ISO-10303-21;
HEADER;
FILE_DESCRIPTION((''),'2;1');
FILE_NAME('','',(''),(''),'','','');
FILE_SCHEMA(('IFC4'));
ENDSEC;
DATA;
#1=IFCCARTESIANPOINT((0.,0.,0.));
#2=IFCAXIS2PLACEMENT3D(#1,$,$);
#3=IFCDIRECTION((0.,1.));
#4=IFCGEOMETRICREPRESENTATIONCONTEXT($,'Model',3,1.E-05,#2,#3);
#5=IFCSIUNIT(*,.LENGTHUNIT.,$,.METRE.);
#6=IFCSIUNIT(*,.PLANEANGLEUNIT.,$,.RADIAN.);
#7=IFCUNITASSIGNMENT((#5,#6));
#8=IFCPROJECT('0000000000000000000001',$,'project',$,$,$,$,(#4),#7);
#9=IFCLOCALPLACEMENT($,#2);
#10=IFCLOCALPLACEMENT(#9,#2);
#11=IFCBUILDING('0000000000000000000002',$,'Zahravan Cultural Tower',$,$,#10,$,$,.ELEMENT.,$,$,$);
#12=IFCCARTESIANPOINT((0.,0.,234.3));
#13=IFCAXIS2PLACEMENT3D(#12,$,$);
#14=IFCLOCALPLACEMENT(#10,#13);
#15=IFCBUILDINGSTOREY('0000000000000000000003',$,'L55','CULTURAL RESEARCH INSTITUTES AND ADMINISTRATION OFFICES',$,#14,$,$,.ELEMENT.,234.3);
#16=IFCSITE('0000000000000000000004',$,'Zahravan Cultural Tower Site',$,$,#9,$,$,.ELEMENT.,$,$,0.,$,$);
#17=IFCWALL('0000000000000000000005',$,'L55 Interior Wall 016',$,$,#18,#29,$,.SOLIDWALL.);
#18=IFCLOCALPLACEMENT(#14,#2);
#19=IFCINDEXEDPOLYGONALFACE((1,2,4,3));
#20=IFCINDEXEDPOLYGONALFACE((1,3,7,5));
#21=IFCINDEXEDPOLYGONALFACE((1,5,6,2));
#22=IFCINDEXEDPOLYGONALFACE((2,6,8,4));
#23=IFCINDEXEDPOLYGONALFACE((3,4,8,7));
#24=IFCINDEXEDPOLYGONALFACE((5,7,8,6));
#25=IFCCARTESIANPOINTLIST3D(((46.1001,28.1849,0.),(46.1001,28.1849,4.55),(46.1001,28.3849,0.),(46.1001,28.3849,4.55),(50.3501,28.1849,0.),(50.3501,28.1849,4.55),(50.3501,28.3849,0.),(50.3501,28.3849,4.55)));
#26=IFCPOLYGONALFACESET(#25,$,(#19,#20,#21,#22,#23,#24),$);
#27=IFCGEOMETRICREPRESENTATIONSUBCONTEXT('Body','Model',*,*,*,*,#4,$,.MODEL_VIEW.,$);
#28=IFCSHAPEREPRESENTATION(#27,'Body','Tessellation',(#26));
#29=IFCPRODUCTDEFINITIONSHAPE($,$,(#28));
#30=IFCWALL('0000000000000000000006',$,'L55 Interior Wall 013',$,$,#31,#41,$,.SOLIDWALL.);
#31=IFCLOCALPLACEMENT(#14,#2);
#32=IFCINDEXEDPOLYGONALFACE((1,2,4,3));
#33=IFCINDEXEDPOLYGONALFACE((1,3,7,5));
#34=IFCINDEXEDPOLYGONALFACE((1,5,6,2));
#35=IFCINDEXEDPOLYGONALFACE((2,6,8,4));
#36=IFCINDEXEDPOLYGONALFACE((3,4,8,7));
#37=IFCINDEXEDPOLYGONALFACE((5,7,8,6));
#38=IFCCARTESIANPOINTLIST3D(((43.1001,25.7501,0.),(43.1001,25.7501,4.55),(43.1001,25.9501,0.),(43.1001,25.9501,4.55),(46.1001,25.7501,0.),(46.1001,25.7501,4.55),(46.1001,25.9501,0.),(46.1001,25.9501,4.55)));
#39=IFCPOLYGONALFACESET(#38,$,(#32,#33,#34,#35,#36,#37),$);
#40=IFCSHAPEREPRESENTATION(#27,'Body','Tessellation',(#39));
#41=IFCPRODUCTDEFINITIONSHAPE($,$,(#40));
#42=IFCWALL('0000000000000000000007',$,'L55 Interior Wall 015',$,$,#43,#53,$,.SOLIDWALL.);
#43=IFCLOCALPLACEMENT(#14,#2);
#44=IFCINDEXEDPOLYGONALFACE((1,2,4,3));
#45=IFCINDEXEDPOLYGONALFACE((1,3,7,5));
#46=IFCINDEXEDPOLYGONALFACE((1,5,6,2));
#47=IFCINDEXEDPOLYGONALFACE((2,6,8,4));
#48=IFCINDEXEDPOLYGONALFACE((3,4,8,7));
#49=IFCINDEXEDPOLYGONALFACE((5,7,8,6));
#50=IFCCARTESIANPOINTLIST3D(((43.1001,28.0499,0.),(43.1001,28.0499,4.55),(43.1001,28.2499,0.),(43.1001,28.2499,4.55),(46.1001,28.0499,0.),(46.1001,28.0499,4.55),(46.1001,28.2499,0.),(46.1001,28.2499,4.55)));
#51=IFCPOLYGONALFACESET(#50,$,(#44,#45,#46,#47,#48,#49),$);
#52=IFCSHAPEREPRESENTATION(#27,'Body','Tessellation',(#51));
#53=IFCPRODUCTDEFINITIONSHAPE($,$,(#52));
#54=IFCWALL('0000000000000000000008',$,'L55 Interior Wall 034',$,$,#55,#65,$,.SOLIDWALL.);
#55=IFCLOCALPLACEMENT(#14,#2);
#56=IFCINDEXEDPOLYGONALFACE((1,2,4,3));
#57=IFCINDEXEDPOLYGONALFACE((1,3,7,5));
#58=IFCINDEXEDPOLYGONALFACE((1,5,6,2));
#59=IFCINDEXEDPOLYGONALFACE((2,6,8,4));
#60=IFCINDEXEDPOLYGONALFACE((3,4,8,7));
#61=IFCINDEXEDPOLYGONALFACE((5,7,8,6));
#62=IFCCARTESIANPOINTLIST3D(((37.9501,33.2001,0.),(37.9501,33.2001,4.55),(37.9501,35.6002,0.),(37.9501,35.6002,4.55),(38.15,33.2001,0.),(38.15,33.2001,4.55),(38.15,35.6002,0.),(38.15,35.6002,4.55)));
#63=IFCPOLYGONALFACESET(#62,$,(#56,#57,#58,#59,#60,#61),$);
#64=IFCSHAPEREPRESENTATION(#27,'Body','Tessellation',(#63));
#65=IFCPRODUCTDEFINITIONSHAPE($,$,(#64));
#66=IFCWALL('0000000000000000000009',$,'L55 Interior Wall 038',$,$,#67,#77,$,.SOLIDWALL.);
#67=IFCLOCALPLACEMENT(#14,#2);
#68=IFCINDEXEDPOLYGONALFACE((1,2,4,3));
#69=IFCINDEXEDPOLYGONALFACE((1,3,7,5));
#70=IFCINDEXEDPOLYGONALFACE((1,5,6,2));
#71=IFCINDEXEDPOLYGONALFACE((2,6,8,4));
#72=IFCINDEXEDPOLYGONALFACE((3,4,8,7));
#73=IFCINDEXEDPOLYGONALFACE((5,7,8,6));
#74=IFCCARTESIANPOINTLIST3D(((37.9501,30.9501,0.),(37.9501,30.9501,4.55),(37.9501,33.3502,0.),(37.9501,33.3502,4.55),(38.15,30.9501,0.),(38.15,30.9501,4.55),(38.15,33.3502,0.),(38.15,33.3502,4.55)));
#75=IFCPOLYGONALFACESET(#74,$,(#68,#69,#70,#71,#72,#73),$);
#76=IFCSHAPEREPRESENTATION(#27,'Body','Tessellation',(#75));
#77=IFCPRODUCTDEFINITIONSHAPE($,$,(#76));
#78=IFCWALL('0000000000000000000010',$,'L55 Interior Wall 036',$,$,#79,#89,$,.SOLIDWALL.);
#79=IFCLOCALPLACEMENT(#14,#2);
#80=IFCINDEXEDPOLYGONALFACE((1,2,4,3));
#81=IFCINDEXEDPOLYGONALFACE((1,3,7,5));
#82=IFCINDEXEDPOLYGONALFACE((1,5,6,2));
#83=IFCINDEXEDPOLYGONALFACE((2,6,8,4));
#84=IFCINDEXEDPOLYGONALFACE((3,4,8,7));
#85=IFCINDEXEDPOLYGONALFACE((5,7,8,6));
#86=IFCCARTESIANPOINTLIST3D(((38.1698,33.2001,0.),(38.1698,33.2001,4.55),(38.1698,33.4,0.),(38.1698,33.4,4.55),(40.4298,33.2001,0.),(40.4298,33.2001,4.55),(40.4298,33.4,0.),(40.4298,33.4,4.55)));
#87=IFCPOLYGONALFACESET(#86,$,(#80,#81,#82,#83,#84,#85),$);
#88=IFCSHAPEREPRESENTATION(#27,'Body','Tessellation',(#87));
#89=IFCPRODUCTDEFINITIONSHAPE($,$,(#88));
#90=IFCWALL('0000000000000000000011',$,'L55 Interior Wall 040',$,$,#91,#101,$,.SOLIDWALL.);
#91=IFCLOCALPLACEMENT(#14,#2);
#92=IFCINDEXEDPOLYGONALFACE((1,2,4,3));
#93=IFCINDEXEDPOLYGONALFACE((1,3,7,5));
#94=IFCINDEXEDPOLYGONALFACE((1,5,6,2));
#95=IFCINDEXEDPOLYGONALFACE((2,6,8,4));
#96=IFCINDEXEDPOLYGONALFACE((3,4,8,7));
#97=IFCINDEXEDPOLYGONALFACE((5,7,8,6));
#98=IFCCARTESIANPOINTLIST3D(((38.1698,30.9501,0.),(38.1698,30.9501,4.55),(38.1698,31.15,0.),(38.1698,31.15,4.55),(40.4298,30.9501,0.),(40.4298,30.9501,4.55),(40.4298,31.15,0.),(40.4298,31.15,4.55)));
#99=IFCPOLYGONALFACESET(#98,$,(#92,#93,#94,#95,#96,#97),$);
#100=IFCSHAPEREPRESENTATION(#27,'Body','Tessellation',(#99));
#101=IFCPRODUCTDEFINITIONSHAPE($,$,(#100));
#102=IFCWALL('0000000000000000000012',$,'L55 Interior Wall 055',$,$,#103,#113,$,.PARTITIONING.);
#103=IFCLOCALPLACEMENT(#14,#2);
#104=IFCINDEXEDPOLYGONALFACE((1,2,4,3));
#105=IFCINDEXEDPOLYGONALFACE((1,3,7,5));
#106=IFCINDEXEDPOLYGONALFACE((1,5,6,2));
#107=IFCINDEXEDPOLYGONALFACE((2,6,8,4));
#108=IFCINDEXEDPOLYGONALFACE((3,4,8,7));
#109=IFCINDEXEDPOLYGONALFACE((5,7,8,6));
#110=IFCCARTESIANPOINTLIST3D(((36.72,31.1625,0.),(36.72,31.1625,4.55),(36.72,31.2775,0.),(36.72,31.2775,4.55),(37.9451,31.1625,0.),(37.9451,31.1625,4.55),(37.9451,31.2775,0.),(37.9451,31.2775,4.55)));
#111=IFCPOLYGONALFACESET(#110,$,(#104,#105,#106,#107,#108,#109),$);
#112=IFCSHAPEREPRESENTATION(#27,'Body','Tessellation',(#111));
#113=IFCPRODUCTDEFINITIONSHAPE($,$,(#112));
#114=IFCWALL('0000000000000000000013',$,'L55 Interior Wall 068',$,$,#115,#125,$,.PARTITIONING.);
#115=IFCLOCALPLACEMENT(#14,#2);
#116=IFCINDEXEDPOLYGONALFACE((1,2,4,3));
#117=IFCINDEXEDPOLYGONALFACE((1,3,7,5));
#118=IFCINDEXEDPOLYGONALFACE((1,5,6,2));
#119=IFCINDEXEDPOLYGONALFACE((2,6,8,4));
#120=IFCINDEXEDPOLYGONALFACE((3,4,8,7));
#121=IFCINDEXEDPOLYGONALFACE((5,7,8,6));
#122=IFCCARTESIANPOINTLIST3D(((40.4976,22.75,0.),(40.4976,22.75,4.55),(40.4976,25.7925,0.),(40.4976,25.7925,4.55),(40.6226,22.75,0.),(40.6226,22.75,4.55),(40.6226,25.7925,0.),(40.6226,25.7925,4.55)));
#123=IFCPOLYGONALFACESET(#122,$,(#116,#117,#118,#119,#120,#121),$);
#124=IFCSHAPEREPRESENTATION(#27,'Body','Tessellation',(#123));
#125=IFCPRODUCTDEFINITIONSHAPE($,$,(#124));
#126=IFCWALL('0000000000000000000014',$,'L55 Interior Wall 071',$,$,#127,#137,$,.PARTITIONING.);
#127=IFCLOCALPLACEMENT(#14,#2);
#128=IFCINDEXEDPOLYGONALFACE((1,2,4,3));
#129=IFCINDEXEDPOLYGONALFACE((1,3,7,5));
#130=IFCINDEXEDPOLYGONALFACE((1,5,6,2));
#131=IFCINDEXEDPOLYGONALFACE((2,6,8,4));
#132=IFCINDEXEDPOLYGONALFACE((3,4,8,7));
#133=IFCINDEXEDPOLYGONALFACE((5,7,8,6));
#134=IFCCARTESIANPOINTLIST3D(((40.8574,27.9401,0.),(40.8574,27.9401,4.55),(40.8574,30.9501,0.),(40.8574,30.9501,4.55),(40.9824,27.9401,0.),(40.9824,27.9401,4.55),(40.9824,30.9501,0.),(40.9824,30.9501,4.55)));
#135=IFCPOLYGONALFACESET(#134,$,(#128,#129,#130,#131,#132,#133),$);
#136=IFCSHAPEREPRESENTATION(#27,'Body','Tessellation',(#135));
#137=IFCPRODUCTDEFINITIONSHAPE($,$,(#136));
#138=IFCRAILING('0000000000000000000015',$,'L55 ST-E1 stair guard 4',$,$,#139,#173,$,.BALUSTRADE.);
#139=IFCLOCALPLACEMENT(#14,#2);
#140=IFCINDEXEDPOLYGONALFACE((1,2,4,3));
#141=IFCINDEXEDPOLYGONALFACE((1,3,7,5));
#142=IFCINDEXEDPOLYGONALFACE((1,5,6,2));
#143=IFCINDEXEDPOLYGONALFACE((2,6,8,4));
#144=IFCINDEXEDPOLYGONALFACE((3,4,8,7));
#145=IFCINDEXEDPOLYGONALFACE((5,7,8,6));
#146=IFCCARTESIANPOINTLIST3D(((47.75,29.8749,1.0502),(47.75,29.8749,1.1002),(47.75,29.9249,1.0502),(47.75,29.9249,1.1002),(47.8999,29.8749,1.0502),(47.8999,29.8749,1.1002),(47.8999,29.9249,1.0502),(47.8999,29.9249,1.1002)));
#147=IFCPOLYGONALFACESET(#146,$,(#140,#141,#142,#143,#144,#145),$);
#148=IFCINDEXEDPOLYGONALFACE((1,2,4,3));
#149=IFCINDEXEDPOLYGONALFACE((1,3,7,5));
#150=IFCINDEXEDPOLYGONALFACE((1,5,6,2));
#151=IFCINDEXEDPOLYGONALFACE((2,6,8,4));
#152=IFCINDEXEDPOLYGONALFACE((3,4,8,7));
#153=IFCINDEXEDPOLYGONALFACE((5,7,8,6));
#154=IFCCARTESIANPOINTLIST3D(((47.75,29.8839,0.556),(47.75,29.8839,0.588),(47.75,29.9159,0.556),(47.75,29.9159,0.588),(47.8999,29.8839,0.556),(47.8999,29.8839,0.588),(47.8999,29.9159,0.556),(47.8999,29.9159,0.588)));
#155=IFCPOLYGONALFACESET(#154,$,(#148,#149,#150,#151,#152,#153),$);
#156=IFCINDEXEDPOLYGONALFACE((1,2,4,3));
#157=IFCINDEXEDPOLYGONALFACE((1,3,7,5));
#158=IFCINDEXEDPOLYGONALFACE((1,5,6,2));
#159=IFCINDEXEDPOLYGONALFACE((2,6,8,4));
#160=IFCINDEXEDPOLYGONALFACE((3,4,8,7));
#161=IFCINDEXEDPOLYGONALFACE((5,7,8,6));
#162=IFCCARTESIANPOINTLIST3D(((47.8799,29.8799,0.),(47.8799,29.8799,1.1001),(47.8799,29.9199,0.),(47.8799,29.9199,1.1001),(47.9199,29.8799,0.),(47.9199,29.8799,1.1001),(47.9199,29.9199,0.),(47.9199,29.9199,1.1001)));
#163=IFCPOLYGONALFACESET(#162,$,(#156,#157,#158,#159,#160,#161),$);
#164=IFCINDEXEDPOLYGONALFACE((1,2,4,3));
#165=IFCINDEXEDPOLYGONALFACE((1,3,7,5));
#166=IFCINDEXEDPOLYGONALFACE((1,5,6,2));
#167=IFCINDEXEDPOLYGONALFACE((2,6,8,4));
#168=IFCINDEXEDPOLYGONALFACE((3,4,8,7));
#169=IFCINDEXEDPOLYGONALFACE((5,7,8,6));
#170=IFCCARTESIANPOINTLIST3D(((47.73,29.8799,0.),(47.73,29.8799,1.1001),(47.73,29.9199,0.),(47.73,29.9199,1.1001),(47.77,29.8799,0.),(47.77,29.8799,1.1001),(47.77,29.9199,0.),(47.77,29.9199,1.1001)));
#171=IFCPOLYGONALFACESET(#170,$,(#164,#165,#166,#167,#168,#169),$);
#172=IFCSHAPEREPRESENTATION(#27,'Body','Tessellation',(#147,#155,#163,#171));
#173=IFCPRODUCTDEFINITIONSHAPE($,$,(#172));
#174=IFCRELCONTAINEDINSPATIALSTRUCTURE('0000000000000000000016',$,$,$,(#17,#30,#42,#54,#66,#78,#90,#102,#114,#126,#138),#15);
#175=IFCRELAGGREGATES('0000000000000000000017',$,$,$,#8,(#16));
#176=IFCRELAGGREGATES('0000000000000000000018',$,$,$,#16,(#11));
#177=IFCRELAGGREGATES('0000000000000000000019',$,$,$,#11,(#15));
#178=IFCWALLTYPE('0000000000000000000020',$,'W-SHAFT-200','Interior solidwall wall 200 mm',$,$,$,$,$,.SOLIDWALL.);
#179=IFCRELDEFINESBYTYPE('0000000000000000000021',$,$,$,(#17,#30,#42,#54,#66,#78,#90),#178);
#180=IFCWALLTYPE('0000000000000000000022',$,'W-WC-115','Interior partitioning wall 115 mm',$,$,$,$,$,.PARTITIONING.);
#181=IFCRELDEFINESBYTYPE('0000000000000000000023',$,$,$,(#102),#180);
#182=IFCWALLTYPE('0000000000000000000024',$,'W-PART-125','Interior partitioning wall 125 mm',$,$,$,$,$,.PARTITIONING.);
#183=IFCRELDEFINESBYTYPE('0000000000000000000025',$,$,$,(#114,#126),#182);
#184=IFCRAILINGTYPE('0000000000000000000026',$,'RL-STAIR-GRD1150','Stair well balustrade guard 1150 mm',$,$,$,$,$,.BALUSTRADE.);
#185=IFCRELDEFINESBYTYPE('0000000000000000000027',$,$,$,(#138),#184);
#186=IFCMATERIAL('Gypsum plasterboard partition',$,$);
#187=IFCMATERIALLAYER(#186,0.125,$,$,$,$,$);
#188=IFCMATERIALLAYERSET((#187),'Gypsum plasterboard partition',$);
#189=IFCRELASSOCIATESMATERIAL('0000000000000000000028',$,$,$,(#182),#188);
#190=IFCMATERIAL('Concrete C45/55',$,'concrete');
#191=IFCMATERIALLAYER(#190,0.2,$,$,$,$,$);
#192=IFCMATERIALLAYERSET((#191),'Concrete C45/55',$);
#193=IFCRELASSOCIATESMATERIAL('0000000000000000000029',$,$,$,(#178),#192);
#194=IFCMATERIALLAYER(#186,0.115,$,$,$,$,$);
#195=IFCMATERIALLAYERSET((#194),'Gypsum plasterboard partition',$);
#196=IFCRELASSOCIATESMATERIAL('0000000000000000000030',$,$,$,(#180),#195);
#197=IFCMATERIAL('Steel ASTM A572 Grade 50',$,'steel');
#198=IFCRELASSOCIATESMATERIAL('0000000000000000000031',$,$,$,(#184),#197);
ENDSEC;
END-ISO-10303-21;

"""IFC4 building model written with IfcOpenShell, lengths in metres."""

from ifc_helpers import new_model, si_unit, direction, frame, frame_2d, origin, origin_2d, place, context, subcontext, project, spatial, rectangle, extrude, source, transform, mapped, material, layer, layer_set, type_object, element, save


model = new_model("IFC4")

# Units and contexts
model_context = context("Model", 3, precision=1e-05, world=origin(), true_north=direction((0.0, 1.0)))
body_context = subcontext(model_context, "Body", "Model", "MODEL_VIEW")
ifc_project = project(units=[si_unit("LENGTHUNIT", "METRE"), si_unit("PLANEANGLEUNIT", "RADIAN")], contexts=[model_context])

# Site, building, storey
site_placement = place(None, origin())
site = spatial("IfcSite", under=ifc_project, at=site_placement, Name="Zahravan Cultural Tower Site", CompositionType="ELEMENT", RefElevation=0.0)
building_placement = place(site_placement, origin())
building = spatial("IfcBuilding", under=site, at=building_placement, Name="Zahravan Cultural Tower", CompositionType="ELEMENT")
storey_placement = place(building_placement, frame((0.0, 0.0, 234.3)))
storey = spatial("IfcBuildingStorey", under=building, at=storey_placement, Name="L55", Description="CULTURAL RESEARCH INSTITUTES AND ADMINISTRATION OFFICES", CompositionType="ELEMENT", Elevation=234.3)

# Shared definitions
ifc_material_1 = material(Name="Steel ASTM A572 Grade 50", Category="steel")
ifc_material_2 = material(Name="Gypsum plasterboard partition")
ifc_layer_1 = layer(ifc_material_2, 0.125)
ifc_layer_set_1 = layer_set([ifc_layer_1], Name="Gypsum plasterboard partition")
wall_type_1 = type_object("IfcWallType", Name="W-PART-125", Description="Interior partitioning wall 125 mm", PredefinedType="PARTITIONING", material=ifc_layer_set_1)
ifc_material_3 = material(Name="Concrete C45/55", Category="concrete")
ifc_layer_2 = layer(ifc_material_3, 0.2)
ifc_layer_set_2 = layer_set([ifc_layer_2], Name="Concrete C45/55")
wall_type_2 = type_object("IfcWallType", Name="W-SHAFT-200", Description="Interior solidwall wall 200 mm", PredefinedType="SOLIDWALL", material=ifc_layer_set_2)

# Walls
shared_shape_1 = source(origin(), body_context, "Body", "SweptSolid", [
    extrude(rectangle(XDim=4.25, YDim=0.2, at=frame_2d((2.125, 0.0))), origin(), (0.0, 0.0, 1.0), 4.55),
])
for number, where, z_axis, x_axis, name in (
    (1, (46.1001, 28.2849, 0.0), (0.0, 0.0, 1.0), (1.0, 0.0, 0.0), "L55 Interior Wall 016"),
):
    element("IfcWall", number, at=place(storey_placement, frame(where, z_axis=z_axis, x_axis=x_axis)), inside=storey, type_object=wall_type_2, Name=name, PredefinedType="SOLIDWALL", context=body_context, shape_type="MappedRepresentation", body=[
        mapped(shared_shape_1, transform((0.0, 0.0, 0.0), x_axis=(1.0, 0.0, 0.0), y_axis=(0.0, 1.0, 0.0), z_axis=(0.0, 0.0, 1.0), scale=1.0)),
    ])
shared_shape_2 = source(origin(), body_context, "Body", "SweptSolid", [
    extrude(rectangle(XDim=3.0, YDim=0.2, at=frame_2d((1.5, 0.0))), origin(), (0.0, 0.0, 1.0), 4.55),
])
for number, where, z_axis, x_axis, name in (
    (2, (43.1001, 25.8501, 0.0), (0.0, 0.0, 1.0), (1.0, 0.0, 0.0), "L55 Interior Wall 013"),
    (3, (43.1001, 28.1499, 0.0), (0.0, 0.0, 1.0), (1.0, 0.0, 0.0), "L55 Interior Wall 015"),
):
    element("IfcWall", number, at=place(storey_placement, frame(where, z_axis=z_axis, x_axis=x_axis)), inside=storey, type_object=wall_type_2, Name=name, PredefinedType="SOLIDWALL", context=body_context, shape_type="MappedRepresentation", body=[
        mapped(shared_shape_2, transform((0.0, 0.0, 0.0), x_axis=(1.0, 0.0, 0.0), y_axis=(0.0, 1.0, 0.0), z_axis=(0.0, 0.0, 1.0), scale=1.0)),
    ])
shared_shape_3 = source(origin(), body_context, "Body", "SweptSolid", [
    extrude(rectangle(XDim=2.4001, YDim=0.2, at=frame_2d((1.2002, 0.0))), origin(), (0.0, 0.0, 1.0), 4.55),
])
for number, where, z_axis, x_axis, name in (
    (4, (38.05, 33.2, 0.0), (0.0, 0.0, 1.0), (0.0, 1.0, 0.0), "L55 Interior Wall 034"),
    (5, (38.05, 30.95, 0.0), (0.0, 0.0, 1.0), (0.0, 1.0, 0.0), "L55 Interior Wall 038"),
):
    element("IfcWall", number, at=place(storey_placement, frame(where, z_axis=z_axis, x_axis=x_axis)), inside=storey, type_object=wall_type_2, Name=name, PredefinedType="SOLIDWALL", context=body_context, shape_type="MappedRepresentation", body=[
        mapped(shared_shape_3, transform((0.0, 0.0, 0.0), x_axis=(1.0, 0.0, 0.0), y_axis=(0.0, 1.0, 0.0), z_axis=(0.0, 0.0, 1.0), scale=1.0)),
    ])
shared_shape_4 = source(origin(), body_context, "Body", "SweptSolid", [
    extrude(rectangle(XDim=2.26, YDim=0.2, at=frame_2d((1.1299, 0.0))), origin(), (0.0, 0.0, 1.0), 4.55),
])
for number, where, z_axis, x_axis, name in (
    (6, (38.1699, 33.3, 0.0), (0.0, 0.0, 1.0), (1.0, 0.0, 0.0), "L55 Interior Wall 036"),
    (7, (38.1699, 31.05, 0.0), (0.0, 0.0, 1.0), (1.0, 0.0, 0.0), "L55 Interior Wall 040"),
):
    element("IfcWall", number, at=place(storey_placement, frame(where, z_axis=z_axis, x_axis=x_axis)), inside=storey, type_object=wall_type_2, Name=name, PredefinedType="SOLIDWALL", context=body_context, shape_type="MappedRepresentation", body=[
        mapped(shared_shape_4, transform((0.0, 0.0, 0.0), x_axis=(1.0, 0.0, 0.0), y_axis=(0.0, 1.0, 0.0), z_axis=(0.0, 0.0, 1.0), scale=1.0)),
    ])
ifc_layer_3 = layer(ifc_material_2, 0.115)
ifc_layer_set_3 = layer_set([ifc_layer_3], Name="Gypsum plasterboard partition")
wall_type_3 = type_object("IfcWallType", Name="W-WC-115", Description="Interior partitioning wall 115 mm", PredefinedType="PARTITIONING", material=ifc_layer_set_3)
shared_shape_5 = source(origin(), body_context, "Body", "SweptSolid", [
    extrude(rectangle(XDim=1.2251, YDim=0.115, at=frame_2d((0.6125, 0.0))), origin(), (0.0, 0.0, 1.0), 4.55),
])
wall_1_placement = place(storey_placement, frame((37.9451, 31.22, 0.0), z_axis=(0.0, 0.0, 1.0), x_axis=(-1.0, 0.0, 0.0)))
element("IfcWall", 8, at=wall_1_placement, inside=storey, type_object=wall_type_3, Name="L55 Interior Wall 055", PredefinedType="PARTITIONING", context=body_context, shape_type="MappedRepresentation", body=[
    mapped(shared_shape_5, transform((0.0, 0.0, 0.0), x_axis=(1.0, 0.0, 0.0), y_axis=(0.0, 1.0, 0.0), z_axis=(0.0, 0.0, 1.0), scale=1.0)),
])
shared_shape_6 = source(origin(), body_context, "Body", "SweptSolid", [
    extrude(rectangle(XDim=3.0425, YDim=0.125, at=frame_2d((1.5212, 0.0))), origin(), (0.0, 0.0, 1.0), 4.55),
])
wall_2_placement = place(storey_placement, frame((40.5601, 25.7925, 0.0), z_axis=(0.0, 0.0, 1.0), x_axis=(0.0, -1.0, 0.0)))
element("IfcWall", 9, at=wall_2_placement, inside=storey, type_object=wall_type_1, Name="L55 Interior Wall 068", PredefinedType="PARTITIONING", context=body_context, shape_type="MappedRepresentation", body=[
    mapped(shared_shape_6, transform((0.0, 0.0, 0.0), x_axis=(1.0, 0.0, 0.0), y_axis=(0.0, 1.0, 0.0), z_axis=(0.0, 0.0, 1.0), scale=1.0)),
])
shared_shape_7 = source(origin(), body_context, "Body", "SweptSolid", [
    extrude(rectangle(XDim=3.01, YDim=0.125, at=frame_2d((1.5049, 0.0))), origin(), (0.0, 0.0, 1.0), 4.55),
])
wall_3_placement = place(storey_placement, frame((40.9199, 30.95, 0.0), z_axis=(0.0, 0.0, 1.0), x_axis=(0.0, -1.0, 0.0)))
element("IfcWall", 10, at=wall_3_placement, inside=storey, type_object=wall_type_1, Name="L55 Interior Wall 071", PredefinedType="PARTITIONING", context=body_context, shape_type="MappedRepresentation", body=[
    mapped(shared_shape_7, transform((0.0, 0.0, 0.0), x_axis=(1.0, 0.0, 0.0), y_axis=(0.0, 1.0, 0.0), z_axis=(0.0, 0.0, 1.0), scale=1.0)),
])

# Railing
railing_type = type_object("IfcRailingType", Name="RL-STAIR-GRD1150", Description="Stair well balustrade guard 1150 mm", PredefinedType="BALUSTRADE", material=ifc_material_1)
railing_1_placement = place(storey_placement, frame((47.8999, 29.8999, 0.0)))
element("IfcRailing", 11, at=railing_1_placement, inside=storey, type_object=railing_type, Name="L55 ST-E1 stair guard 4", PredefinedType="BALUSTRADE", context=body_context, shape_type="SweptSolid", body=[
    extrude(rectangle(XDim=0.05, YDim=0.05, at=origin_2d()), frame((0.0, 0.0, 1.0752), z_axis=(-1.0, 0.0, 0.0), x_axis=(0.0, -1.0, 0.0)), (0.0, 0.0, 1.0), 0.1499),
    extrude(rectangle(XDim=0.032, YDim=0.032, at=origin_2d()), frame((0.0, 0.0, 0.572), z_axis=(-1.0, 0.0, 0.0), x_axis=(0.0, -1.0, 0.0)), (0.0, 0.0, 1.0), 0.1499),
    extrude(rectangle(XDim=0.04, YDim=0.04, at=origin_2d()), origin(), (0.0, 0.0, 1.0), 1.1001),
    extrude(rectangle(XDim=0.04, YDim=0.04, at=origin_2d()), frame((-0.1499, 0.0, 0.0)), (0.0, 0.0, 1.0), 1.1001),
])

save(model, "model.ifc")
